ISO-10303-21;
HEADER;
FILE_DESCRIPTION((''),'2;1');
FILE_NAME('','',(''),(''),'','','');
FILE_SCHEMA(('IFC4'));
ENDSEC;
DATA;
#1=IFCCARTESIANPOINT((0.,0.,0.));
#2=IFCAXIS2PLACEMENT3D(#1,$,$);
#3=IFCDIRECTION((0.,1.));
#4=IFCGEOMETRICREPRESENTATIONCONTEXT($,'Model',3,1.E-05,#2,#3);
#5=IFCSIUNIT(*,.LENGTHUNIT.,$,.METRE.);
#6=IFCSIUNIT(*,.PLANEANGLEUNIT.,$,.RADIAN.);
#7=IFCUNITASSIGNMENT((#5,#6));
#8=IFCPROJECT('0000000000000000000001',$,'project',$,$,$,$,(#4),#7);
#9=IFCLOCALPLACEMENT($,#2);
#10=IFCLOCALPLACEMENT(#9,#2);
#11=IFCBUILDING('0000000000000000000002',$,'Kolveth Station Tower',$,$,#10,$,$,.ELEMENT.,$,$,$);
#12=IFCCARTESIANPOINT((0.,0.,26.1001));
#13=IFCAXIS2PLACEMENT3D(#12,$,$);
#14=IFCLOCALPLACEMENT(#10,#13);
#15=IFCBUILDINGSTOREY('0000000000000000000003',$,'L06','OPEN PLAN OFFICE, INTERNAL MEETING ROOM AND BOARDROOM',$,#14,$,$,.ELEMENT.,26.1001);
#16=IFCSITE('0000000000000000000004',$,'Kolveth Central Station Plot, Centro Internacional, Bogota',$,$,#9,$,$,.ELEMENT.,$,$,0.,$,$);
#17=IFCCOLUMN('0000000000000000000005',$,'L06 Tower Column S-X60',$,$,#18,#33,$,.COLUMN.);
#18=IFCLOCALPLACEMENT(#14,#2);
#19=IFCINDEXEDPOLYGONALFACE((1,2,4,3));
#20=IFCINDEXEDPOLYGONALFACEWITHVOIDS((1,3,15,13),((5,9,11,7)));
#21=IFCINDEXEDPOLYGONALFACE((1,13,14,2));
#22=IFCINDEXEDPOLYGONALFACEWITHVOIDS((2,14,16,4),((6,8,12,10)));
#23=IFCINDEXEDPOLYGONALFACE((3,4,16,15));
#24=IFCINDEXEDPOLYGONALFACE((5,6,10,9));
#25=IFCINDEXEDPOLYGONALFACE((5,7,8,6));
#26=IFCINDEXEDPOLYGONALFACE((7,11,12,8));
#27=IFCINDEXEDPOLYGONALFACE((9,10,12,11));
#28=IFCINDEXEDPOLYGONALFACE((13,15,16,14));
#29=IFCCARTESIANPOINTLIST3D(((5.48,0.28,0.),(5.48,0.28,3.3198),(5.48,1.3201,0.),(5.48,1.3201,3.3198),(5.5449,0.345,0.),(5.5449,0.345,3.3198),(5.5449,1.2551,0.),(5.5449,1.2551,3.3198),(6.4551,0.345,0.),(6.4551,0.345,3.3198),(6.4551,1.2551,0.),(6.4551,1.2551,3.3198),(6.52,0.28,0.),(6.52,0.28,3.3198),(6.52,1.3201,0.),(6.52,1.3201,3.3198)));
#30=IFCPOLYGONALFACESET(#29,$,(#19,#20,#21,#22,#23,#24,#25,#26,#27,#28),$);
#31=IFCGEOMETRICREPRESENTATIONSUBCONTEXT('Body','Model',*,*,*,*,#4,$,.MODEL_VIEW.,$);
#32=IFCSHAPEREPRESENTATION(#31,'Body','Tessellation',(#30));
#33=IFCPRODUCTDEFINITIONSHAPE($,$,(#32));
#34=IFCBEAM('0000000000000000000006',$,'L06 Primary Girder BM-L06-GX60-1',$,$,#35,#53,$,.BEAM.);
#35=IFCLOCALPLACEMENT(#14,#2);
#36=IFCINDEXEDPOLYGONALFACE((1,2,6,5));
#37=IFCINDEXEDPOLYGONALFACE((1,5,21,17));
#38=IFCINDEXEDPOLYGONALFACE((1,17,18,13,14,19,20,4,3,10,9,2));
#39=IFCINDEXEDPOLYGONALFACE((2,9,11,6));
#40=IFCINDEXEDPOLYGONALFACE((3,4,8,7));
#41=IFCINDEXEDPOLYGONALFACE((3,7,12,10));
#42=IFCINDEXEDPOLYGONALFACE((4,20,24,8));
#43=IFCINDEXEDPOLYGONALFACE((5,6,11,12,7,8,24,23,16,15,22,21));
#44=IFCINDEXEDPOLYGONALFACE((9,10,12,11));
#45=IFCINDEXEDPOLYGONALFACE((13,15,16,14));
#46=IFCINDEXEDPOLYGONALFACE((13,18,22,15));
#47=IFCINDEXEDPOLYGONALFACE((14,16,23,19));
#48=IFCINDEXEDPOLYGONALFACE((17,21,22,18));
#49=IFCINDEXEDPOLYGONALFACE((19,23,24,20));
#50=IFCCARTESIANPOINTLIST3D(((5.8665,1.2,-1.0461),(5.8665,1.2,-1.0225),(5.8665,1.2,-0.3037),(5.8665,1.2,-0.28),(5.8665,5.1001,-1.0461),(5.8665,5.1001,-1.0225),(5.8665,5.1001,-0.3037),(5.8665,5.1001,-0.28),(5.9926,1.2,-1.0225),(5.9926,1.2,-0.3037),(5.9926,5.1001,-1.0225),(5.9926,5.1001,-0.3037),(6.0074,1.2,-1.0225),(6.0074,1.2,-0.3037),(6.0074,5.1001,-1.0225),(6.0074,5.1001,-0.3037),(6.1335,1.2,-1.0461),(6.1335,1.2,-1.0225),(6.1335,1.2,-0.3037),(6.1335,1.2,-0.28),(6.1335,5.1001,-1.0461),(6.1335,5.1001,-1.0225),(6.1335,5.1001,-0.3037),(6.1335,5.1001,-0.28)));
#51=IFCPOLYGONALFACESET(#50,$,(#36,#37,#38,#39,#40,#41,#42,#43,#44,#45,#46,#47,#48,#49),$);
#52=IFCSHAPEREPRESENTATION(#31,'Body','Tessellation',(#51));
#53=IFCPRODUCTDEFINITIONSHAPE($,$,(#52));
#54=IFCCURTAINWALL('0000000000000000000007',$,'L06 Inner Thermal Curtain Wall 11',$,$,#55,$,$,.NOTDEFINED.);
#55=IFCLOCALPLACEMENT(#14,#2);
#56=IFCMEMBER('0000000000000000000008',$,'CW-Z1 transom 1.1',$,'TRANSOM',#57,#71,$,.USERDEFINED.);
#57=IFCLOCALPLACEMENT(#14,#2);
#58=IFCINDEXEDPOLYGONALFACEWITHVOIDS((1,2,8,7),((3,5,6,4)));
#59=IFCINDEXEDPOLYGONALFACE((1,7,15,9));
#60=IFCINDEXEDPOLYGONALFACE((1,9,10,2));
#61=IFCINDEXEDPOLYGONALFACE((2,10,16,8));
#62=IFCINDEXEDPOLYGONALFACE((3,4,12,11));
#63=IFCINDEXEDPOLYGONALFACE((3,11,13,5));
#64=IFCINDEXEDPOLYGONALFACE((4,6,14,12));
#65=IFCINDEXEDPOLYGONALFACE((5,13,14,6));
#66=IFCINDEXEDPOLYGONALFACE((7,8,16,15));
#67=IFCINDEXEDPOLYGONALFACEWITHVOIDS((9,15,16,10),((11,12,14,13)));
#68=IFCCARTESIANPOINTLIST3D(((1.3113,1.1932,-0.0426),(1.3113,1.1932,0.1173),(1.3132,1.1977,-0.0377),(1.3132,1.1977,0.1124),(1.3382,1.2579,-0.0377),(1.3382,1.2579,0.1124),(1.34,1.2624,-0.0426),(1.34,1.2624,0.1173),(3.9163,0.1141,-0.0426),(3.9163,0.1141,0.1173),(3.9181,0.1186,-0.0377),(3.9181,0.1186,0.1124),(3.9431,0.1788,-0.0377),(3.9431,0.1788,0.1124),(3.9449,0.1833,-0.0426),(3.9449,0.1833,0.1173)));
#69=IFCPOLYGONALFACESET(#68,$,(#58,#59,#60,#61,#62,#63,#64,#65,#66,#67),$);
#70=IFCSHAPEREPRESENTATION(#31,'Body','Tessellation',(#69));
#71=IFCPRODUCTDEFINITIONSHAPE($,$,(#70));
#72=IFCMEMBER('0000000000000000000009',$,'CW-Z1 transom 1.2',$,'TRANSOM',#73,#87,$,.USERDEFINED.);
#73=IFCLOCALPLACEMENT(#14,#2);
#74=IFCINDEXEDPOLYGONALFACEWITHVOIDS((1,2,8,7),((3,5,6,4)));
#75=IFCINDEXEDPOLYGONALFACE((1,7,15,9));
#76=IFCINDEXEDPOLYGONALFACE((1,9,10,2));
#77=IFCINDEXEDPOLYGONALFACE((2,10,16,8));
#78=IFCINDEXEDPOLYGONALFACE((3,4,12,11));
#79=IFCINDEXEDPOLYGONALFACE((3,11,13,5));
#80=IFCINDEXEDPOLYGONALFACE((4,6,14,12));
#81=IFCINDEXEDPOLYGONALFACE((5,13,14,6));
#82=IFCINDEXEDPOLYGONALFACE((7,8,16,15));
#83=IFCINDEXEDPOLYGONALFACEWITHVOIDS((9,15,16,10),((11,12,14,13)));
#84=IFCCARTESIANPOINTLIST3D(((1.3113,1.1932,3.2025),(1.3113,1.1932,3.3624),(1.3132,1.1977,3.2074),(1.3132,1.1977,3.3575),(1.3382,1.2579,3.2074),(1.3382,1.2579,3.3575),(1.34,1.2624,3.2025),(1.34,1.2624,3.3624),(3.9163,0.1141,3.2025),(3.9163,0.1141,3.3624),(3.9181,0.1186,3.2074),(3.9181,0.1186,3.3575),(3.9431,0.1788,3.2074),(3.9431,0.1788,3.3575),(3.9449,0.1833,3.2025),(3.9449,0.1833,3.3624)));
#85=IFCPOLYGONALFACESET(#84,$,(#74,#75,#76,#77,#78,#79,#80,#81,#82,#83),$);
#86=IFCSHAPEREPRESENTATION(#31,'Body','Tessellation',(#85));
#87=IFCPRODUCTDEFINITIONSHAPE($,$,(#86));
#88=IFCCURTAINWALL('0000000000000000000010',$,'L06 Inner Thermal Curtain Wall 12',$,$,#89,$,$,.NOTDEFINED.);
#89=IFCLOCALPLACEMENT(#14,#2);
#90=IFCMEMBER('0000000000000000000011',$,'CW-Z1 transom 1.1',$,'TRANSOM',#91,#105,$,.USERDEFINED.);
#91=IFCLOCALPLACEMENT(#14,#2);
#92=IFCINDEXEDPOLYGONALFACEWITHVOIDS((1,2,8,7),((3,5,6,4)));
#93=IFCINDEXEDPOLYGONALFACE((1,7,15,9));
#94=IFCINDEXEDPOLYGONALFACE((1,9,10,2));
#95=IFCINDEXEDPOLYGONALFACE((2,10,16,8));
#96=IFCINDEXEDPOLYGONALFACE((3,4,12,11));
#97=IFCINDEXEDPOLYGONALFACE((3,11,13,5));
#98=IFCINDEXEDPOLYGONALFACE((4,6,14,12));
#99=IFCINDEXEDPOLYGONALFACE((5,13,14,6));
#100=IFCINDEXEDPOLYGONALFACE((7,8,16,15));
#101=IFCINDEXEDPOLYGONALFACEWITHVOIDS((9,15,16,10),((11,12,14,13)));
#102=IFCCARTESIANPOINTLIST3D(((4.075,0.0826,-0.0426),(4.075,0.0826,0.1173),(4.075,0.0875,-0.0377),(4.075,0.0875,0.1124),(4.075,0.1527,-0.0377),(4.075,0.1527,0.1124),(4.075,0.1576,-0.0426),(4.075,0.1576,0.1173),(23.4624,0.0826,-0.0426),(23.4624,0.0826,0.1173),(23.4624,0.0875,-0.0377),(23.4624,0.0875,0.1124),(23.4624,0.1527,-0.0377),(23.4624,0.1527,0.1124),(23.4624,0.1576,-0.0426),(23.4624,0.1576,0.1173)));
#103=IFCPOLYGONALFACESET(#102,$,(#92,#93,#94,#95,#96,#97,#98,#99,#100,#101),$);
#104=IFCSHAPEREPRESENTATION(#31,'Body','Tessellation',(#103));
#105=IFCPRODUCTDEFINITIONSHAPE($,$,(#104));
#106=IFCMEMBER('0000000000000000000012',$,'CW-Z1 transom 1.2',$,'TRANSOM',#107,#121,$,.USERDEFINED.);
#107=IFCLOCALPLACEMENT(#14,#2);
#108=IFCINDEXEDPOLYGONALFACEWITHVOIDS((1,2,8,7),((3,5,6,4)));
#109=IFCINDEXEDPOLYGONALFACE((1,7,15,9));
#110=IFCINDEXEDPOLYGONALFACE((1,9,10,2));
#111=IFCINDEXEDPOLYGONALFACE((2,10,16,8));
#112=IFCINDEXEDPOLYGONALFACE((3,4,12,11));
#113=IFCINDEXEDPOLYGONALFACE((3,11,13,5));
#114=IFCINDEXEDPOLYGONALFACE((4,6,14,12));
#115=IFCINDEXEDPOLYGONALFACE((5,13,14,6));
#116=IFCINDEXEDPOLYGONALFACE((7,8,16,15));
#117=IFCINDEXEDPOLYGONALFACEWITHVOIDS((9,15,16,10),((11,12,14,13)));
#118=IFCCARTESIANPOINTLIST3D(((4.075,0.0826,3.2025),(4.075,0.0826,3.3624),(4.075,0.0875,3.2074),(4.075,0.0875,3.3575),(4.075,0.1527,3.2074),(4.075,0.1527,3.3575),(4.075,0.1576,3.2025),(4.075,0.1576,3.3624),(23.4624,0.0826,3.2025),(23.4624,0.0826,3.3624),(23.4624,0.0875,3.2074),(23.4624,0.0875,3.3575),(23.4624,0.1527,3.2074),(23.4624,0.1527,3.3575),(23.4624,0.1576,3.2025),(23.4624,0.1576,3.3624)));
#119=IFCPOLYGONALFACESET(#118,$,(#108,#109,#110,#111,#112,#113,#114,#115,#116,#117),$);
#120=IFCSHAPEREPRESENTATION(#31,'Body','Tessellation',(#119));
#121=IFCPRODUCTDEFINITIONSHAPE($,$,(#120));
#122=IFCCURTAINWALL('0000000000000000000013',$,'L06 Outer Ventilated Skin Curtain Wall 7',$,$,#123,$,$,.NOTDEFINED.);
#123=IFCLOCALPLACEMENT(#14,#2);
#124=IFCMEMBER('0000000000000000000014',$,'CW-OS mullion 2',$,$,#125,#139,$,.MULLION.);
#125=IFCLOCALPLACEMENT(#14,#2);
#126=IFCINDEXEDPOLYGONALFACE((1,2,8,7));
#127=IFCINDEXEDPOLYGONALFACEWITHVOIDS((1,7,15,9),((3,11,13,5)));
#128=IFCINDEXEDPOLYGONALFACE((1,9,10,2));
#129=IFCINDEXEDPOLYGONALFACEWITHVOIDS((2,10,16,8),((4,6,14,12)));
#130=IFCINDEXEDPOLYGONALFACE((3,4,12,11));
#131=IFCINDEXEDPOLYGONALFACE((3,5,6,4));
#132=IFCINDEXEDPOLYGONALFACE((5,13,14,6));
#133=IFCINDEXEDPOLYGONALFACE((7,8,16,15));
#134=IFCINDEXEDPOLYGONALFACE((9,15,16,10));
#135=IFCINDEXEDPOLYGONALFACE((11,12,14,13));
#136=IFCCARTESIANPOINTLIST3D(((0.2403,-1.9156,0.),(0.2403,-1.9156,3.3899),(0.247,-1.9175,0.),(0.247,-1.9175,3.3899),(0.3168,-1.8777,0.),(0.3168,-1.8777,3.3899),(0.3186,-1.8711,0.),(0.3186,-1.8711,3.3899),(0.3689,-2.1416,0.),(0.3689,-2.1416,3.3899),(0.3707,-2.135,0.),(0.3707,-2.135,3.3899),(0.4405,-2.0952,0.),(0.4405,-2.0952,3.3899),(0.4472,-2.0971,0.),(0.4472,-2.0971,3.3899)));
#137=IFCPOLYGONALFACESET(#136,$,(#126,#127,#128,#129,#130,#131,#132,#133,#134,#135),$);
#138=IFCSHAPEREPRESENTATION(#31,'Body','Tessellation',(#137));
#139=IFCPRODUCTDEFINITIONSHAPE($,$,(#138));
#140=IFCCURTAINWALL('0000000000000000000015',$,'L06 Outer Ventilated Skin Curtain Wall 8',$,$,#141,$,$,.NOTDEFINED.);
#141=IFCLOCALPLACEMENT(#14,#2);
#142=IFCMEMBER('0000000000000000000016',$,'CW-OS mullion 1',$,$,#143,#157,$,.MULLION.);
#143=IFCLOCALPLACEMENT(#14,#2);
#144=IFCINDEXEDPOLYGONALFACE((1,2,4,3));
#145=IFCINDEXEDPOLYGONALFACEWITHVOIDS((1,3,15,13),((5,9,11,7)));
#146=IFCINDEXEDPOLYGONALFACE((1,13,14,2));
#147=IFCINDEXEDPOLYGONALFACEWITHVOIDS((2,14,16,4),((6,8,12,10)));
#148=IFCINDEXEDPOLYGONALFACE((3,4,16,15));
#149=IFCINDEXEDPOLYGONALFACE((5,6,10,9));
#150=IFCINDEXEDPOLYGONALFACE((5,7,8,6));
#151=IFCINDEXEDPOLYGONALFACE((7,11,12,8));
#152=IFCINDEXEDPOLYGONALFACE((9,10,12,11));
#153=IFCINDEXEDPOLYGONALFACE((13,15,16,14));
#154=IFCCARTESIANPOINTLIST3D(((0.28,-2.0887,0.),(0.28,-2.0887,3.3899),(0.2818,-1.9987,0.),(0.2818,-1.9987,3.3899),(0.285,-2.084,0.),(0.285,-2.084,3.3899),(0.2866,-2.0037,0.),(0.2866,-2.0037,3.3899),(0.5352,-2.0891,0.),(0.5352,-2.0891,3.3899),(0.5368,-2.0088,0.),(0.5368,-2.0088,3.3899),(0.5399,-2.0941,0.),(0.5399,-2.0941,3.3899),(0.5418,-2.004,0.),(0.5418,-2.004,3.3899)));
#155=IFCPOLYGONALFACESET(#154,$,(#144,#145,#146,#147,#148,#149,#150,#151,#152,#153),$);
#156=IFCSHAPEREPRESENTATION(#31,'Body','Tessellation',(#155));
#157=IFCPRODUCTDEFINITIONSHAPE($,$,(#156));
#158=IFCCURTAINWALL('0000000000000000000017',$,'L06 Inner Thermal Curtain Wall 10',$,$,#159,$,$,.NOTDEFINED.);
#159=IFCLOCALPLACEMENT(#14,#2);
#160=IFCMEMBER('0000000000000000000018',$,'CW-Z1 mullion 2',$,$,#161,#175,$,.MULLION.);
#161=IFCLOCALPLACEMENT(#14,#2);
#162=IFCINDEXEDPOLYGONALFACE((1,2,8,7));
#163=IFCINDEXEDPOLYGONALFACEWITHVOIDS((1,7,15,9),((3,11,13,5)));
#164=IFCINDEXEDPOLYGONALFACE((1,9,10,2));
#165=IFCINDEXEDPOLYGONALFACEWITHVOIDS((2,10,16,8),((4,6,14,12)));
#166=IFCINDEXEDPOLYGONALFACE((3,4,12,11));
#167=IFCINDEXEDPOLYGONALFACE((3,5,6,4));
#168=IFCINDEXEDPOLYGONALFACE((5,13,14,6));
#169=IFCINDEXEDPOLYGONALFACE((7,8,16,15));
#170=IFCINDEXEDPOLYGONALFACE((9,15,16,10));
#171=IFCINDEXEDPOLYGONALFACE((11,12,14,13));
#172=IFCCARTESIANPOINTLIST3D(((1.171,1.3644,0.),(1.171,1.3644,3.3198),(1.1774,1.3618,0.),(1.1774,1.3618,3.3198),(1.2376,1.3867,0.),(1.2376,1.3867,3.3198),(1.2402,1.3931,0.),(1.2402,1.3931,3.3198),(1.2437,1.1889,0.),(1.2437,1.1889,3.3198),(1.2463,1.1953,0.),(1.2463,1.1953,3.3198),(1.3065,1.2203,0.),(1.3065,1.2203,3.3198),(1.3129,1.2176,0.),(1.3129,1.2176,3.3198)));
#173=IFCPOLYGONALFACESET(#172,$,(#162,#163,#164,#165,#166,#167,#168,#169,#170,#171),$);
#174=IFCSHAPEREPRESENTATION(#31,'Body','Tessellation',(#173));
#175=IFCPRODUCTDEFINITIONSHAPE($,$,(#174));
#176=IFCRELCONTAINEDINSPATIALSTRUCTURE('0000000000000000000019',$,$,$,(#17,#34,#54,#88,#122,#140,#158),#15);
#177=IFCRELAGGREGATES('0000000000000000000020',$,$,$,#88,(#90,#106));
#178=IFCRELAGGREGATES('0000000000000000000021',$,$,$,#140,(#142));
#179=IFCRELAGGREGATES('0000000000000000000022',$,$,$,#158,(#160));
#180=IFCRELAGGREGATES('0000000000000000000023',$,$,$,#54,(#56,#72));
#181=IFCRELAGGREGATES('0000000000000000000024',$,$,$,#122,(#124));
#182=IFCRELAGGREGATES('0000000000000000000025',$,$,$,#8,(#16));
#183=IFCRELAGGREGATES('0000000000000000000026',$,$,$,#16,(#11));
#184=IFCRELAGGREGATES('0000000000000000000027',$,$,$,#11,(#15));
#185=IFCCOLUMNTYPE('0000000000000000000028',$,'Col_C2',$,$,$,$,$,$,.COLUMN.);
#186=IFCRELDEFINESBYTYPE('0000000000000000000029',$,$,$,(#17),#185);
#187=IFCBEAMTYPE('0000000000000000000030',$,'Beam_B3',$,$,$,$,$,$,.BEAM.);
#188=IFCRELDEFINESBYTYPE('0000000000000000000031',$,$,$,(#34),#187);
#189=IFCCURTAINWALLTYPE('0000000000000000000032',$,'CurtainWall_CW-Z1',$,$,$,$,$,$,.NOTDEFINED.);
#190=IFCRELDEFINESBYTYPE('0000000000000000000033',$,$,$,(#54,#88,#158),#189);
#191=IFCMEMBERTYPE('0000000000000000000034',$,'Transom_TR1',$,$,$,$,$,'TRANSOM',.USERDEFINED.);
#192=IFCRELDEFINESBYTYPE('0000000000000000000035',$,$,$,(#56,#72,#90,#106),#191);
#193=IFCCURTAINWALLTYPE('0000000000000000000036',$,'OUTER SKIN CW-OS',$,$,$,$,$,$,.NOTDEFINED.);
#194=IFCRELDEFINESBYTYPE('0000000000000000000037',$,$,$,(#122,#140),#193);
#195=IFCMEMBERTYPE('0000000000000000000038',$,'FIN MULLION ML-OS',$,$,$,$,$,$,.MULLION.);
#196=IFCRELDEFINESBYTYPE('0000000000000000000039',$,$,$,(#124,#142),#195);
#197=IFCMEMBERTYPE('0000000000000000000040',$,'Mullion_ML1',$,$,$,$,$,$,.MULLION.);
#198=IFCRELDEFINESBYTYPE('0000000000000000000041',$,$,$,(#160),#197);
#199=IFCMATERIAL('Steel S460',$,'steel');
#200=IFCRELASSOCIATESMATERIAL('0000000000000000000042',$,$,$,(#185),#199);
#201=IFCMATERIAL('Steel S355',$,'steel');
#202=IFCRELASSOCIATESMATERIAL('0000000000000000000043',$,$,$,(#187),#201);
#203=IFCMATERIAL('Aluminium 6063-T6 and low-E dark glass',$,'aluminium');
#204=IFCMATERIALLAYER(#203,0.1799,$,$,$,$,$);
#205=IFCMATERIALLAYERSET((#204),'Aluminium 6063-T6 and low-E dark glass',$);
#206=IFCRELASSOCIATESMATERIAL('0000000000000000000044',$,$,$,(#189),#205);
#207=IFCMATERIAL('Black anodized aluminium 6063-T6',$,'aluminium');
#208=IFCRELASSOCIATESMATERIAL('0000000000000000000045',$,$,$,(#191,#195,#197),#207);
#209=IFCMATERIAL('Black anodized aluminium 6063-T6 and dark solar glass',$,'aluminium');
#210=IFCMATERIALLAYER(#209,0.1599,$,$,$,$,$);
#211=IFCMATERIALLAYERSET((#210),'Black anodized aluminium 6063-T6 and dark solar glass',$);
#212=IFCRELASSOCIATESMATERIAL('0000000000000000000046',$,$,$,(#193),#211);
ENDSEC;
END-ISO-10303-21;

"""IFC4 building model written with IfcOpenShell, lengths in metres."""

from ifc_helpers import new_model, si_unit, direction, frame, origin, origin_2d, place, context, subcontext, project, spatial, hollow_rectangle, i_section, extrude, source, transform, mapped, material, layer, layer_set, material_profile, profile_set, type_object, element, aggregate, save


model = new_model("IFC4")

# Units and contexts
model_context = context("Model", 3, precision=1e-05, world=origin(), true_north=direction((0.0, 1.0)))
body_context = subcontext(model_context, "Body", "Model", "MODEL_VIEW")
ifc_project = project(units=[si_unit("LENGTHUNIT", "METRE"), si_unit("PLANEANGLEUNIT", "RADIAN")], contexts=[model_context])

# Site, building, storey
site_placement = place(None, origin())
site = spatial("IfcSite", under=ifc_project, at=site_placement, Name="Kolveth Central Station Plot, Centro Internacional, Bogota", CompositionType="ELEMENT", RefElevation=0.0)
building_placement = place(site_placement, origin())
building = spatial("IfcBuilding", under=site, at=building_placement, Name="Kolveth Station Tower", CompositionType="ELEMENT")
storey_placement = place(building_placement, frame((0.0, 0.0, 26.1001)))
storey = spatial("IfcBuildingStorey", under=building, at=storey_placement, Name="L06", Description="OPEN PLAN OFFICE, INTERNAL MEETING ROOM AND BOARDROOM", CompositionType="ELEMENT", Elevation=26.1001)

# Column
ifc_material_1 = material(Name="Steel S460", Category="steel")
ifc_material_profile_1 = material_profile(ifc_material_1, hollow_rectangle(XDim=1.04, YDim=1.04, WallThickness=0.0649, at=origin_2d()), Name="BOX1040x1040x65")
ifc_profile_set_1 = profile_set([ifc_material_profile_1], Name="Steel S460")
column_type = type_object("IfcColumnType", Name="Col_C2", PredefinedType="COLUMN", material=ifc_profile_set_1)
shared_shape_1 = source(origin(), body_context, "Body", "SweptSolid", [
    extrude(hollow_rectangle(XDim=1.04, YDim=1.04, WallThickness=0.0649, at=origin_2d()), origin(), (0.0, 0.0, 1.0), 3.3198),
])
column_placement = place(storey_placement, frame((6.0, 0.8, 0.0), z_axis=(0.0, 0.0, 1.0), x_axis=(1.0, 0.0, 0.0)))
element("IfcColumn", 1, at=column_placement, inside=storey, type_object=column_type, Name="L06 Tower Column S-X60", PredefinedType="COLUMN", context=body_context, shape_type="MappedRepresentation", body=[
    mapped(shared_shape_1, transform((0.0, 0.0, 0.0), x_axis=(1.0, 0.0, 0.0), y_axis=(0.0, 1.0, 0.0), z_axis=(0.0, 0.0, 1.0), scale=1.0)),
])

# Beam
ifc_material_2 = material(Name="Steel S355", Category="steel")
ifc_material_profile_2 = material_profile(ifc_material_2, i_section(OverallWidth=0.2671, OverallDepth=0.7661, WebThickness=0.0149, FlangeThickness=0.0237, at=origin_2d()), Name="W760x185")
ifc_profile_set_2 = profile_set([ifc_material_profile_2], Name="Steel S355")
beam_type = type_object("IfcBeamType", Name="Beam_B3", PredefinedType="BEAM", material=ifc_profile_set_2)
shared_shape_2 = source(origin(), body_context, "Body", "SweptSolid", [
    extrude(i_section(OverallWidth=0.2671, OverallDepth=0.7661, WebThickness=0.0149, FlangeThickness=0.0237, at=origin_2d()), origin(), (0.0, 0.0, 1.0), 3.9001),
])
beam_placement = place(storey_placement, frame((6.0, 1.2, -0.6631), z_axis=(0.0, 1.0, 0.0), x_axis=(-1.0, 0.0, 0.0)))
element("IfcBeam", 2, at=beam_placement, inside=storey, type_object=beam_type, Name="L06 Primary Girder BM-L06-GX60-1", PredefinedType="BEAM", context=body_context, shape_type="MappedRepresentation", body=[
    mapped(shared_shape_2, transform((0.0, 0.0, 0.0), x_axis=(1.0, 0.0, 0.0), y_axis=(0.0, 1.0, 0.0), z_axis=(0.0, 0.0, 1.0), scale=1.0)),
])

# Curtain walls, members
ifc_material_3 = material(Name="Aluminium 6063-T6 and low-E dark glass", Category="aluminium")
ifc_layer_1 = layer(ifc_material_3, 0.1799)
ifc_layer_set_1 = layer_set([ifc_layer_1], Name="Aluminium 6063-T6 and low-E dark glass")
curtain_wall_type_1 = type_object("IfcCurtainWallType", Name="CurtainWall_CW-Z1", PredefinedType="NOTDEFINED", material=ifc_layer_set_1)
curtain_wall_1_placement = place(storey_placement, origin())
curtain_wall_1 = element("IfcCurtainWall", 3, at=curtain_wall_1_placement, inside=storey, type_object=curtain_wall_type_1, Name="L06 Inner Thermal Curtain Wall 11", PredefinedType="NOTDEFINED")
ifc_material_4 = material(Name="Black anodized aluminium 6063-T6", Category="aluminium")
ifc_material_profile_3 = material_profile(ifc_material_4, hollow_rectangle(XDim=0.075, YDim=0.1599, WallThickness=0.0049, at=origin_2d()), Name="ALU-75x160x5")
ifc_profile_set_3 = profile_set([ifc_material_profile_3], Name="Black anodized aluminium 6063-T6")
member_type_1 = type_object("IfcMemberType", Name="Transom_TR1", ElementType="TRANSOM", PredefinedType="USERDEFINED", material=ifc_profile_set_3)
shared_shape_3 = source(origin(), body_context, "Body", "SweptSolid", [
    extrude(hollow_rectangle(XDim=0.075, YDim=0.1599, WallThickness=0.0049, at=origin_2d()), origin(), (0.0, 0.0, 1.0), 2.8196),
])
member_1_placement = place(storey_placement, frame((1.3257, 1.2278, 0.0374), z_axis=(0.923869, -0.382709, 0.0), x_axis=(0.382709, 0.923869, 0.0)))
member_1 = element("IfcMember", 4, at=member_1_placement, type_object=member_type_1, Name="CW-Z1 transom 1.1", ObjectType="TRANSOM", PredefinedType="USERDEFINED", context=body_context, shape_type="MappedRepresentation", body=[
    mapped(shared_shape_3, transform((0.0, 0.0, 0.0), x_axis=(1.0, 0.0, 0.0), y_axis=(0.0, 1.0, 0.0), z_axis=(0.0, 0.0, 1.0), scale=1.0)),
])
member_2_placement = place(storey_placement, frame((1.3257, 1.2278, 3.2825), z_axis=(0.923869, -0.382709, 0.0), x_axis=(0.382709, 0.923869, 0.0)))
member_2 = element("IfcMember", 5, at=member_2_placement, type_object=member_type_1, Name="CW-Z1 transom 1.2", ObjectType="TRANSOM", PredefinedType="USERDEFINED", context=body_context, shape_type="MappedRepresentation", body=[
    mapped(shared_shape_3, transform((0.0, 0.0, 0.0), x_axis=(1.0, 0.0, 0.0), y_axis=(0.0, 1.0, 0.0), z_axis=(0.0, 0.0, 1.0), scale=1.0)),
])
curtain_wall_2_placement = place(storey_placement, origin())
curtain_wall_2 = element("IfcCurtainWall", 6, at=curtain_wall_2_placement, inside=storey, type_object=curtain_wall_type_1, Name="L06 Inner Thermal Curtain Wall 12", PredefinedType="NOTDEFINED")
shared_shape_4 = source(origin(), body_context, "Body", "SweptSolid", [
    extrude(hollow_rectangle(XDim=0.075, YDim=0.1599, WallThickness=0.0049, at=origin_2d()), origin(), (0.0, 0.0, 1.0), 19.3875),
])
member_3_placement = place(storey_placement, frame((4.075, 0.1201, 0.0374), z_axis=(1.0, 0.0, 0.0), x_axis=(0.0, 1.0, 0.0)))
member_3 = element("IfcMember", 7, at=member_3_placement, type_object=member_type_1, Name="CW-Z1 transom 1.1", ObjectType="TRANSOM", PredefinedType="USERDEFINED", context=body_context, shape_type="MappedRepresentation", body=[
    mapped(shared_shape_4, transform((0.0, 0.0, 0.0), x_axis=(1.0, 0.0, 0.0), y_axis=(0.0, 1.0, 0.0), z_axis=(0.0, 0.0, 1.0), scale=1.0)),
])
member_4_placement = place(storey_placement, frame((4.075, 0.1201, 3.2825), z_axis=(1.0, 0.0, 0.0), x_axis=(0.0, 1.0, 0.0)))
member_4 = element("IfcMember", 8, at=member_4_placement, type_object=member_type_1, Name="CW-Z1 transom 1.2", ObjectType="TRANSOM", PredefinedType="USERDEFINED", context=body_context, shape_type="MappedRepresentation", body=[
    mapped(shared_shape_4, transform((0.0, 0.0, 0.0), x_axis=(1.0, 0.0, 0.0), y_axis=(0.0, 1.0, 0.0), z_axis=(0.0, 0.0, 1.0), scale=1.0)),
])

# Curtain walls, members
ifc_material_5 = material(Name="Black anodized aluminium 6063-T6 and dark solar glass", Category="aluminium")
ifc_layer_2 = layer(ifc_material_5, 0.1599)
ifc_layer_set_2 = layer_set([ifc_layer_2], Name="Black anodized aluminium 6063-T6 and dark solar glass")
curtain_wall_type_2 = type_object("IfcCurtainWallType", Name="OUTER SKIN CW-OS", PredefinedType="NOTDEFINED", material=ifc_layer_set_2)
curtain_wall_3_placement = place(storey_placement, origin())
curtain_wall_3 = element("IfcCurtainWall", 9, at=curtain_wall_3_placement, inside=storey, type_object=curtain_wall_type_2, Name="L06 Outer Ventilated Skin Curtain Wall 7", PredefinedType="NOTDEFINED")
ifc_material_profile_4 = material_profile(ifc_material_4, hollow_rectangle(XDim=0.0901, YDim=0.26, WallThickness=0.0049, at=origin_2d()), Name="ALU-90x260x5")
ifc_profile_set_4 = profile_set([ifc_material_profile_4], Name="Black anodized aluminium 6063-T6")
member_type_2 = type_object("IfcMemberType", Name="FIN MULLION ML-OS", PredefinedType="MULLION", material=ifc_profile_set_4)
shared_shape_5 = source(origin(), body_context, "Body", "SweptSolid", [
    extrude(hollow_rectangle(XDim=0.0901, YDim=0.26, WallThickness=0.0049, at=origin_2d()), origin(), (0.0, 0.0, 1.0), 3.3899),
])
member_5_placement = place(storey_placement, frame((0.3438, -2.0063, 0.0), z_axis=(0.0, 0.0, 1.0), x_axis=(0.869136, 0.494573, 0.0)))
member_5 = element("IfcMember", 10, at=member_5_placement, type_object=member_type_2, Name="CW-OS mullion 2", PredefinedType="MULLION", context=body_context, shape_type="MappedRepresentation", body=[
    mapped(shared_shape_5, transform((0.0, 0.0, 0.0), x_axis=(1.0, 0.0, 0.0), y_axis=(0.0, 1.0, 0.0), z_axis=(0.0, 0.0, 1.0), scale=1.0)),
])
curtain_wall_4_placement = place(storey_placement, origin())
curtain_wall_4 = element("IfcCurtainWall", 11, at=curtain_wall_4_placement, inside=storey, type_object=curtain_wall_type_2, Name="L06 Outer Ventilated Skin Curtain Wall 8", PredefinedType="NOTDEFINED")
member_6_placement = place(storey_placement, frame((0.4109, -2.0464, 0.0), z_axis=(0.0, 0.0, 1.0), x_axis=(0.02061, 0.999788, 0.0)))
member_6 = element("IfcMember", 12, at=member_6_placement, type_object=member_type_2, Name="CW-OS mullion 1", PredefinedType="MULLION", context=body_context, shape_type="MappedRepresentation", body=[
    mapped(shared_shape_5, transform((0.0, 0.0, 0.0), x_axis=(1.0, 0.0, 0.0), y_axis=(0.0, 1.0, 0.0), z_axis=(0.0, 0.0, 1.0), scale=1.0)),
])
curtain_wall_5_placement = place(storey_placement, origin())
curtain_wall_5 = element("IfcCurtainWall", 13, at=curtain_wall_5_placement, inside=storey, type_object=curtain_wall_type_1, Name="L06 Inner Thermal Curtain Wall 10", PredefinedType="NOTDEFINED")
ifc_material_profile_5 = material_profile(ifc_material_4, hollow_rectangle(XDim=0.075, YDim=0.1899, WallThickness=0.0049, at=origin_2d()), Name="ALU-75x190x5")
ifc_profile_set_5 = profile_set([ifc_material_profile_5], Name="Black anodized aluminium 6063-T6")
member_type_3 = type_object("IfcMemberType", Name="Mullion_ML1", PredefinedType="MULLION", material=ifc_profile_set_5)
shared_shape_6 = source(origin(), body_context, "Body", "SweptSolid", [
    extrude(hollow_rectangle(XDim=0.075, YDim=0.1899, WallThickness=0.0049, at=origin_2d()), origin(), (0.0, 0.0, 1.0), 3.3198),
])
member_7_placement = place(storey_placement, frame((1.2419, 1.291, 0.0), z_axis=(0.0, 0.0, 1.0), x_axis=(0.923884, 0.382673, 0.0)))
member_7 = element("IfcMember", 14, at=member_7_placement, type_object=member_type_3, Name="CW-Z1 mullion 2", PredefinedType="MULLION", context=body_context, shape_type="MappedRepresentation", body=[
    mapped(shared_shape_6, transform((0.0, 0.0, 0.0), x_axis=(1.0, 0.0, 0.0), y_axis=(0.0, 1.0, 0.0), z_axis=(0.0, 0.0, 1.0), scale=1.0)),
])

aggregate(curtain_wall_2, [member_3, member_4])
aggregate(curtain_wall_4, [member_6])

aggregate(curtain_wall_5, [member_7])
aggregate(curtain_wall_1, [member_1, member_2])
aggregate(curtain_wall_3, [member_5])

save(model, "model.ifc")
